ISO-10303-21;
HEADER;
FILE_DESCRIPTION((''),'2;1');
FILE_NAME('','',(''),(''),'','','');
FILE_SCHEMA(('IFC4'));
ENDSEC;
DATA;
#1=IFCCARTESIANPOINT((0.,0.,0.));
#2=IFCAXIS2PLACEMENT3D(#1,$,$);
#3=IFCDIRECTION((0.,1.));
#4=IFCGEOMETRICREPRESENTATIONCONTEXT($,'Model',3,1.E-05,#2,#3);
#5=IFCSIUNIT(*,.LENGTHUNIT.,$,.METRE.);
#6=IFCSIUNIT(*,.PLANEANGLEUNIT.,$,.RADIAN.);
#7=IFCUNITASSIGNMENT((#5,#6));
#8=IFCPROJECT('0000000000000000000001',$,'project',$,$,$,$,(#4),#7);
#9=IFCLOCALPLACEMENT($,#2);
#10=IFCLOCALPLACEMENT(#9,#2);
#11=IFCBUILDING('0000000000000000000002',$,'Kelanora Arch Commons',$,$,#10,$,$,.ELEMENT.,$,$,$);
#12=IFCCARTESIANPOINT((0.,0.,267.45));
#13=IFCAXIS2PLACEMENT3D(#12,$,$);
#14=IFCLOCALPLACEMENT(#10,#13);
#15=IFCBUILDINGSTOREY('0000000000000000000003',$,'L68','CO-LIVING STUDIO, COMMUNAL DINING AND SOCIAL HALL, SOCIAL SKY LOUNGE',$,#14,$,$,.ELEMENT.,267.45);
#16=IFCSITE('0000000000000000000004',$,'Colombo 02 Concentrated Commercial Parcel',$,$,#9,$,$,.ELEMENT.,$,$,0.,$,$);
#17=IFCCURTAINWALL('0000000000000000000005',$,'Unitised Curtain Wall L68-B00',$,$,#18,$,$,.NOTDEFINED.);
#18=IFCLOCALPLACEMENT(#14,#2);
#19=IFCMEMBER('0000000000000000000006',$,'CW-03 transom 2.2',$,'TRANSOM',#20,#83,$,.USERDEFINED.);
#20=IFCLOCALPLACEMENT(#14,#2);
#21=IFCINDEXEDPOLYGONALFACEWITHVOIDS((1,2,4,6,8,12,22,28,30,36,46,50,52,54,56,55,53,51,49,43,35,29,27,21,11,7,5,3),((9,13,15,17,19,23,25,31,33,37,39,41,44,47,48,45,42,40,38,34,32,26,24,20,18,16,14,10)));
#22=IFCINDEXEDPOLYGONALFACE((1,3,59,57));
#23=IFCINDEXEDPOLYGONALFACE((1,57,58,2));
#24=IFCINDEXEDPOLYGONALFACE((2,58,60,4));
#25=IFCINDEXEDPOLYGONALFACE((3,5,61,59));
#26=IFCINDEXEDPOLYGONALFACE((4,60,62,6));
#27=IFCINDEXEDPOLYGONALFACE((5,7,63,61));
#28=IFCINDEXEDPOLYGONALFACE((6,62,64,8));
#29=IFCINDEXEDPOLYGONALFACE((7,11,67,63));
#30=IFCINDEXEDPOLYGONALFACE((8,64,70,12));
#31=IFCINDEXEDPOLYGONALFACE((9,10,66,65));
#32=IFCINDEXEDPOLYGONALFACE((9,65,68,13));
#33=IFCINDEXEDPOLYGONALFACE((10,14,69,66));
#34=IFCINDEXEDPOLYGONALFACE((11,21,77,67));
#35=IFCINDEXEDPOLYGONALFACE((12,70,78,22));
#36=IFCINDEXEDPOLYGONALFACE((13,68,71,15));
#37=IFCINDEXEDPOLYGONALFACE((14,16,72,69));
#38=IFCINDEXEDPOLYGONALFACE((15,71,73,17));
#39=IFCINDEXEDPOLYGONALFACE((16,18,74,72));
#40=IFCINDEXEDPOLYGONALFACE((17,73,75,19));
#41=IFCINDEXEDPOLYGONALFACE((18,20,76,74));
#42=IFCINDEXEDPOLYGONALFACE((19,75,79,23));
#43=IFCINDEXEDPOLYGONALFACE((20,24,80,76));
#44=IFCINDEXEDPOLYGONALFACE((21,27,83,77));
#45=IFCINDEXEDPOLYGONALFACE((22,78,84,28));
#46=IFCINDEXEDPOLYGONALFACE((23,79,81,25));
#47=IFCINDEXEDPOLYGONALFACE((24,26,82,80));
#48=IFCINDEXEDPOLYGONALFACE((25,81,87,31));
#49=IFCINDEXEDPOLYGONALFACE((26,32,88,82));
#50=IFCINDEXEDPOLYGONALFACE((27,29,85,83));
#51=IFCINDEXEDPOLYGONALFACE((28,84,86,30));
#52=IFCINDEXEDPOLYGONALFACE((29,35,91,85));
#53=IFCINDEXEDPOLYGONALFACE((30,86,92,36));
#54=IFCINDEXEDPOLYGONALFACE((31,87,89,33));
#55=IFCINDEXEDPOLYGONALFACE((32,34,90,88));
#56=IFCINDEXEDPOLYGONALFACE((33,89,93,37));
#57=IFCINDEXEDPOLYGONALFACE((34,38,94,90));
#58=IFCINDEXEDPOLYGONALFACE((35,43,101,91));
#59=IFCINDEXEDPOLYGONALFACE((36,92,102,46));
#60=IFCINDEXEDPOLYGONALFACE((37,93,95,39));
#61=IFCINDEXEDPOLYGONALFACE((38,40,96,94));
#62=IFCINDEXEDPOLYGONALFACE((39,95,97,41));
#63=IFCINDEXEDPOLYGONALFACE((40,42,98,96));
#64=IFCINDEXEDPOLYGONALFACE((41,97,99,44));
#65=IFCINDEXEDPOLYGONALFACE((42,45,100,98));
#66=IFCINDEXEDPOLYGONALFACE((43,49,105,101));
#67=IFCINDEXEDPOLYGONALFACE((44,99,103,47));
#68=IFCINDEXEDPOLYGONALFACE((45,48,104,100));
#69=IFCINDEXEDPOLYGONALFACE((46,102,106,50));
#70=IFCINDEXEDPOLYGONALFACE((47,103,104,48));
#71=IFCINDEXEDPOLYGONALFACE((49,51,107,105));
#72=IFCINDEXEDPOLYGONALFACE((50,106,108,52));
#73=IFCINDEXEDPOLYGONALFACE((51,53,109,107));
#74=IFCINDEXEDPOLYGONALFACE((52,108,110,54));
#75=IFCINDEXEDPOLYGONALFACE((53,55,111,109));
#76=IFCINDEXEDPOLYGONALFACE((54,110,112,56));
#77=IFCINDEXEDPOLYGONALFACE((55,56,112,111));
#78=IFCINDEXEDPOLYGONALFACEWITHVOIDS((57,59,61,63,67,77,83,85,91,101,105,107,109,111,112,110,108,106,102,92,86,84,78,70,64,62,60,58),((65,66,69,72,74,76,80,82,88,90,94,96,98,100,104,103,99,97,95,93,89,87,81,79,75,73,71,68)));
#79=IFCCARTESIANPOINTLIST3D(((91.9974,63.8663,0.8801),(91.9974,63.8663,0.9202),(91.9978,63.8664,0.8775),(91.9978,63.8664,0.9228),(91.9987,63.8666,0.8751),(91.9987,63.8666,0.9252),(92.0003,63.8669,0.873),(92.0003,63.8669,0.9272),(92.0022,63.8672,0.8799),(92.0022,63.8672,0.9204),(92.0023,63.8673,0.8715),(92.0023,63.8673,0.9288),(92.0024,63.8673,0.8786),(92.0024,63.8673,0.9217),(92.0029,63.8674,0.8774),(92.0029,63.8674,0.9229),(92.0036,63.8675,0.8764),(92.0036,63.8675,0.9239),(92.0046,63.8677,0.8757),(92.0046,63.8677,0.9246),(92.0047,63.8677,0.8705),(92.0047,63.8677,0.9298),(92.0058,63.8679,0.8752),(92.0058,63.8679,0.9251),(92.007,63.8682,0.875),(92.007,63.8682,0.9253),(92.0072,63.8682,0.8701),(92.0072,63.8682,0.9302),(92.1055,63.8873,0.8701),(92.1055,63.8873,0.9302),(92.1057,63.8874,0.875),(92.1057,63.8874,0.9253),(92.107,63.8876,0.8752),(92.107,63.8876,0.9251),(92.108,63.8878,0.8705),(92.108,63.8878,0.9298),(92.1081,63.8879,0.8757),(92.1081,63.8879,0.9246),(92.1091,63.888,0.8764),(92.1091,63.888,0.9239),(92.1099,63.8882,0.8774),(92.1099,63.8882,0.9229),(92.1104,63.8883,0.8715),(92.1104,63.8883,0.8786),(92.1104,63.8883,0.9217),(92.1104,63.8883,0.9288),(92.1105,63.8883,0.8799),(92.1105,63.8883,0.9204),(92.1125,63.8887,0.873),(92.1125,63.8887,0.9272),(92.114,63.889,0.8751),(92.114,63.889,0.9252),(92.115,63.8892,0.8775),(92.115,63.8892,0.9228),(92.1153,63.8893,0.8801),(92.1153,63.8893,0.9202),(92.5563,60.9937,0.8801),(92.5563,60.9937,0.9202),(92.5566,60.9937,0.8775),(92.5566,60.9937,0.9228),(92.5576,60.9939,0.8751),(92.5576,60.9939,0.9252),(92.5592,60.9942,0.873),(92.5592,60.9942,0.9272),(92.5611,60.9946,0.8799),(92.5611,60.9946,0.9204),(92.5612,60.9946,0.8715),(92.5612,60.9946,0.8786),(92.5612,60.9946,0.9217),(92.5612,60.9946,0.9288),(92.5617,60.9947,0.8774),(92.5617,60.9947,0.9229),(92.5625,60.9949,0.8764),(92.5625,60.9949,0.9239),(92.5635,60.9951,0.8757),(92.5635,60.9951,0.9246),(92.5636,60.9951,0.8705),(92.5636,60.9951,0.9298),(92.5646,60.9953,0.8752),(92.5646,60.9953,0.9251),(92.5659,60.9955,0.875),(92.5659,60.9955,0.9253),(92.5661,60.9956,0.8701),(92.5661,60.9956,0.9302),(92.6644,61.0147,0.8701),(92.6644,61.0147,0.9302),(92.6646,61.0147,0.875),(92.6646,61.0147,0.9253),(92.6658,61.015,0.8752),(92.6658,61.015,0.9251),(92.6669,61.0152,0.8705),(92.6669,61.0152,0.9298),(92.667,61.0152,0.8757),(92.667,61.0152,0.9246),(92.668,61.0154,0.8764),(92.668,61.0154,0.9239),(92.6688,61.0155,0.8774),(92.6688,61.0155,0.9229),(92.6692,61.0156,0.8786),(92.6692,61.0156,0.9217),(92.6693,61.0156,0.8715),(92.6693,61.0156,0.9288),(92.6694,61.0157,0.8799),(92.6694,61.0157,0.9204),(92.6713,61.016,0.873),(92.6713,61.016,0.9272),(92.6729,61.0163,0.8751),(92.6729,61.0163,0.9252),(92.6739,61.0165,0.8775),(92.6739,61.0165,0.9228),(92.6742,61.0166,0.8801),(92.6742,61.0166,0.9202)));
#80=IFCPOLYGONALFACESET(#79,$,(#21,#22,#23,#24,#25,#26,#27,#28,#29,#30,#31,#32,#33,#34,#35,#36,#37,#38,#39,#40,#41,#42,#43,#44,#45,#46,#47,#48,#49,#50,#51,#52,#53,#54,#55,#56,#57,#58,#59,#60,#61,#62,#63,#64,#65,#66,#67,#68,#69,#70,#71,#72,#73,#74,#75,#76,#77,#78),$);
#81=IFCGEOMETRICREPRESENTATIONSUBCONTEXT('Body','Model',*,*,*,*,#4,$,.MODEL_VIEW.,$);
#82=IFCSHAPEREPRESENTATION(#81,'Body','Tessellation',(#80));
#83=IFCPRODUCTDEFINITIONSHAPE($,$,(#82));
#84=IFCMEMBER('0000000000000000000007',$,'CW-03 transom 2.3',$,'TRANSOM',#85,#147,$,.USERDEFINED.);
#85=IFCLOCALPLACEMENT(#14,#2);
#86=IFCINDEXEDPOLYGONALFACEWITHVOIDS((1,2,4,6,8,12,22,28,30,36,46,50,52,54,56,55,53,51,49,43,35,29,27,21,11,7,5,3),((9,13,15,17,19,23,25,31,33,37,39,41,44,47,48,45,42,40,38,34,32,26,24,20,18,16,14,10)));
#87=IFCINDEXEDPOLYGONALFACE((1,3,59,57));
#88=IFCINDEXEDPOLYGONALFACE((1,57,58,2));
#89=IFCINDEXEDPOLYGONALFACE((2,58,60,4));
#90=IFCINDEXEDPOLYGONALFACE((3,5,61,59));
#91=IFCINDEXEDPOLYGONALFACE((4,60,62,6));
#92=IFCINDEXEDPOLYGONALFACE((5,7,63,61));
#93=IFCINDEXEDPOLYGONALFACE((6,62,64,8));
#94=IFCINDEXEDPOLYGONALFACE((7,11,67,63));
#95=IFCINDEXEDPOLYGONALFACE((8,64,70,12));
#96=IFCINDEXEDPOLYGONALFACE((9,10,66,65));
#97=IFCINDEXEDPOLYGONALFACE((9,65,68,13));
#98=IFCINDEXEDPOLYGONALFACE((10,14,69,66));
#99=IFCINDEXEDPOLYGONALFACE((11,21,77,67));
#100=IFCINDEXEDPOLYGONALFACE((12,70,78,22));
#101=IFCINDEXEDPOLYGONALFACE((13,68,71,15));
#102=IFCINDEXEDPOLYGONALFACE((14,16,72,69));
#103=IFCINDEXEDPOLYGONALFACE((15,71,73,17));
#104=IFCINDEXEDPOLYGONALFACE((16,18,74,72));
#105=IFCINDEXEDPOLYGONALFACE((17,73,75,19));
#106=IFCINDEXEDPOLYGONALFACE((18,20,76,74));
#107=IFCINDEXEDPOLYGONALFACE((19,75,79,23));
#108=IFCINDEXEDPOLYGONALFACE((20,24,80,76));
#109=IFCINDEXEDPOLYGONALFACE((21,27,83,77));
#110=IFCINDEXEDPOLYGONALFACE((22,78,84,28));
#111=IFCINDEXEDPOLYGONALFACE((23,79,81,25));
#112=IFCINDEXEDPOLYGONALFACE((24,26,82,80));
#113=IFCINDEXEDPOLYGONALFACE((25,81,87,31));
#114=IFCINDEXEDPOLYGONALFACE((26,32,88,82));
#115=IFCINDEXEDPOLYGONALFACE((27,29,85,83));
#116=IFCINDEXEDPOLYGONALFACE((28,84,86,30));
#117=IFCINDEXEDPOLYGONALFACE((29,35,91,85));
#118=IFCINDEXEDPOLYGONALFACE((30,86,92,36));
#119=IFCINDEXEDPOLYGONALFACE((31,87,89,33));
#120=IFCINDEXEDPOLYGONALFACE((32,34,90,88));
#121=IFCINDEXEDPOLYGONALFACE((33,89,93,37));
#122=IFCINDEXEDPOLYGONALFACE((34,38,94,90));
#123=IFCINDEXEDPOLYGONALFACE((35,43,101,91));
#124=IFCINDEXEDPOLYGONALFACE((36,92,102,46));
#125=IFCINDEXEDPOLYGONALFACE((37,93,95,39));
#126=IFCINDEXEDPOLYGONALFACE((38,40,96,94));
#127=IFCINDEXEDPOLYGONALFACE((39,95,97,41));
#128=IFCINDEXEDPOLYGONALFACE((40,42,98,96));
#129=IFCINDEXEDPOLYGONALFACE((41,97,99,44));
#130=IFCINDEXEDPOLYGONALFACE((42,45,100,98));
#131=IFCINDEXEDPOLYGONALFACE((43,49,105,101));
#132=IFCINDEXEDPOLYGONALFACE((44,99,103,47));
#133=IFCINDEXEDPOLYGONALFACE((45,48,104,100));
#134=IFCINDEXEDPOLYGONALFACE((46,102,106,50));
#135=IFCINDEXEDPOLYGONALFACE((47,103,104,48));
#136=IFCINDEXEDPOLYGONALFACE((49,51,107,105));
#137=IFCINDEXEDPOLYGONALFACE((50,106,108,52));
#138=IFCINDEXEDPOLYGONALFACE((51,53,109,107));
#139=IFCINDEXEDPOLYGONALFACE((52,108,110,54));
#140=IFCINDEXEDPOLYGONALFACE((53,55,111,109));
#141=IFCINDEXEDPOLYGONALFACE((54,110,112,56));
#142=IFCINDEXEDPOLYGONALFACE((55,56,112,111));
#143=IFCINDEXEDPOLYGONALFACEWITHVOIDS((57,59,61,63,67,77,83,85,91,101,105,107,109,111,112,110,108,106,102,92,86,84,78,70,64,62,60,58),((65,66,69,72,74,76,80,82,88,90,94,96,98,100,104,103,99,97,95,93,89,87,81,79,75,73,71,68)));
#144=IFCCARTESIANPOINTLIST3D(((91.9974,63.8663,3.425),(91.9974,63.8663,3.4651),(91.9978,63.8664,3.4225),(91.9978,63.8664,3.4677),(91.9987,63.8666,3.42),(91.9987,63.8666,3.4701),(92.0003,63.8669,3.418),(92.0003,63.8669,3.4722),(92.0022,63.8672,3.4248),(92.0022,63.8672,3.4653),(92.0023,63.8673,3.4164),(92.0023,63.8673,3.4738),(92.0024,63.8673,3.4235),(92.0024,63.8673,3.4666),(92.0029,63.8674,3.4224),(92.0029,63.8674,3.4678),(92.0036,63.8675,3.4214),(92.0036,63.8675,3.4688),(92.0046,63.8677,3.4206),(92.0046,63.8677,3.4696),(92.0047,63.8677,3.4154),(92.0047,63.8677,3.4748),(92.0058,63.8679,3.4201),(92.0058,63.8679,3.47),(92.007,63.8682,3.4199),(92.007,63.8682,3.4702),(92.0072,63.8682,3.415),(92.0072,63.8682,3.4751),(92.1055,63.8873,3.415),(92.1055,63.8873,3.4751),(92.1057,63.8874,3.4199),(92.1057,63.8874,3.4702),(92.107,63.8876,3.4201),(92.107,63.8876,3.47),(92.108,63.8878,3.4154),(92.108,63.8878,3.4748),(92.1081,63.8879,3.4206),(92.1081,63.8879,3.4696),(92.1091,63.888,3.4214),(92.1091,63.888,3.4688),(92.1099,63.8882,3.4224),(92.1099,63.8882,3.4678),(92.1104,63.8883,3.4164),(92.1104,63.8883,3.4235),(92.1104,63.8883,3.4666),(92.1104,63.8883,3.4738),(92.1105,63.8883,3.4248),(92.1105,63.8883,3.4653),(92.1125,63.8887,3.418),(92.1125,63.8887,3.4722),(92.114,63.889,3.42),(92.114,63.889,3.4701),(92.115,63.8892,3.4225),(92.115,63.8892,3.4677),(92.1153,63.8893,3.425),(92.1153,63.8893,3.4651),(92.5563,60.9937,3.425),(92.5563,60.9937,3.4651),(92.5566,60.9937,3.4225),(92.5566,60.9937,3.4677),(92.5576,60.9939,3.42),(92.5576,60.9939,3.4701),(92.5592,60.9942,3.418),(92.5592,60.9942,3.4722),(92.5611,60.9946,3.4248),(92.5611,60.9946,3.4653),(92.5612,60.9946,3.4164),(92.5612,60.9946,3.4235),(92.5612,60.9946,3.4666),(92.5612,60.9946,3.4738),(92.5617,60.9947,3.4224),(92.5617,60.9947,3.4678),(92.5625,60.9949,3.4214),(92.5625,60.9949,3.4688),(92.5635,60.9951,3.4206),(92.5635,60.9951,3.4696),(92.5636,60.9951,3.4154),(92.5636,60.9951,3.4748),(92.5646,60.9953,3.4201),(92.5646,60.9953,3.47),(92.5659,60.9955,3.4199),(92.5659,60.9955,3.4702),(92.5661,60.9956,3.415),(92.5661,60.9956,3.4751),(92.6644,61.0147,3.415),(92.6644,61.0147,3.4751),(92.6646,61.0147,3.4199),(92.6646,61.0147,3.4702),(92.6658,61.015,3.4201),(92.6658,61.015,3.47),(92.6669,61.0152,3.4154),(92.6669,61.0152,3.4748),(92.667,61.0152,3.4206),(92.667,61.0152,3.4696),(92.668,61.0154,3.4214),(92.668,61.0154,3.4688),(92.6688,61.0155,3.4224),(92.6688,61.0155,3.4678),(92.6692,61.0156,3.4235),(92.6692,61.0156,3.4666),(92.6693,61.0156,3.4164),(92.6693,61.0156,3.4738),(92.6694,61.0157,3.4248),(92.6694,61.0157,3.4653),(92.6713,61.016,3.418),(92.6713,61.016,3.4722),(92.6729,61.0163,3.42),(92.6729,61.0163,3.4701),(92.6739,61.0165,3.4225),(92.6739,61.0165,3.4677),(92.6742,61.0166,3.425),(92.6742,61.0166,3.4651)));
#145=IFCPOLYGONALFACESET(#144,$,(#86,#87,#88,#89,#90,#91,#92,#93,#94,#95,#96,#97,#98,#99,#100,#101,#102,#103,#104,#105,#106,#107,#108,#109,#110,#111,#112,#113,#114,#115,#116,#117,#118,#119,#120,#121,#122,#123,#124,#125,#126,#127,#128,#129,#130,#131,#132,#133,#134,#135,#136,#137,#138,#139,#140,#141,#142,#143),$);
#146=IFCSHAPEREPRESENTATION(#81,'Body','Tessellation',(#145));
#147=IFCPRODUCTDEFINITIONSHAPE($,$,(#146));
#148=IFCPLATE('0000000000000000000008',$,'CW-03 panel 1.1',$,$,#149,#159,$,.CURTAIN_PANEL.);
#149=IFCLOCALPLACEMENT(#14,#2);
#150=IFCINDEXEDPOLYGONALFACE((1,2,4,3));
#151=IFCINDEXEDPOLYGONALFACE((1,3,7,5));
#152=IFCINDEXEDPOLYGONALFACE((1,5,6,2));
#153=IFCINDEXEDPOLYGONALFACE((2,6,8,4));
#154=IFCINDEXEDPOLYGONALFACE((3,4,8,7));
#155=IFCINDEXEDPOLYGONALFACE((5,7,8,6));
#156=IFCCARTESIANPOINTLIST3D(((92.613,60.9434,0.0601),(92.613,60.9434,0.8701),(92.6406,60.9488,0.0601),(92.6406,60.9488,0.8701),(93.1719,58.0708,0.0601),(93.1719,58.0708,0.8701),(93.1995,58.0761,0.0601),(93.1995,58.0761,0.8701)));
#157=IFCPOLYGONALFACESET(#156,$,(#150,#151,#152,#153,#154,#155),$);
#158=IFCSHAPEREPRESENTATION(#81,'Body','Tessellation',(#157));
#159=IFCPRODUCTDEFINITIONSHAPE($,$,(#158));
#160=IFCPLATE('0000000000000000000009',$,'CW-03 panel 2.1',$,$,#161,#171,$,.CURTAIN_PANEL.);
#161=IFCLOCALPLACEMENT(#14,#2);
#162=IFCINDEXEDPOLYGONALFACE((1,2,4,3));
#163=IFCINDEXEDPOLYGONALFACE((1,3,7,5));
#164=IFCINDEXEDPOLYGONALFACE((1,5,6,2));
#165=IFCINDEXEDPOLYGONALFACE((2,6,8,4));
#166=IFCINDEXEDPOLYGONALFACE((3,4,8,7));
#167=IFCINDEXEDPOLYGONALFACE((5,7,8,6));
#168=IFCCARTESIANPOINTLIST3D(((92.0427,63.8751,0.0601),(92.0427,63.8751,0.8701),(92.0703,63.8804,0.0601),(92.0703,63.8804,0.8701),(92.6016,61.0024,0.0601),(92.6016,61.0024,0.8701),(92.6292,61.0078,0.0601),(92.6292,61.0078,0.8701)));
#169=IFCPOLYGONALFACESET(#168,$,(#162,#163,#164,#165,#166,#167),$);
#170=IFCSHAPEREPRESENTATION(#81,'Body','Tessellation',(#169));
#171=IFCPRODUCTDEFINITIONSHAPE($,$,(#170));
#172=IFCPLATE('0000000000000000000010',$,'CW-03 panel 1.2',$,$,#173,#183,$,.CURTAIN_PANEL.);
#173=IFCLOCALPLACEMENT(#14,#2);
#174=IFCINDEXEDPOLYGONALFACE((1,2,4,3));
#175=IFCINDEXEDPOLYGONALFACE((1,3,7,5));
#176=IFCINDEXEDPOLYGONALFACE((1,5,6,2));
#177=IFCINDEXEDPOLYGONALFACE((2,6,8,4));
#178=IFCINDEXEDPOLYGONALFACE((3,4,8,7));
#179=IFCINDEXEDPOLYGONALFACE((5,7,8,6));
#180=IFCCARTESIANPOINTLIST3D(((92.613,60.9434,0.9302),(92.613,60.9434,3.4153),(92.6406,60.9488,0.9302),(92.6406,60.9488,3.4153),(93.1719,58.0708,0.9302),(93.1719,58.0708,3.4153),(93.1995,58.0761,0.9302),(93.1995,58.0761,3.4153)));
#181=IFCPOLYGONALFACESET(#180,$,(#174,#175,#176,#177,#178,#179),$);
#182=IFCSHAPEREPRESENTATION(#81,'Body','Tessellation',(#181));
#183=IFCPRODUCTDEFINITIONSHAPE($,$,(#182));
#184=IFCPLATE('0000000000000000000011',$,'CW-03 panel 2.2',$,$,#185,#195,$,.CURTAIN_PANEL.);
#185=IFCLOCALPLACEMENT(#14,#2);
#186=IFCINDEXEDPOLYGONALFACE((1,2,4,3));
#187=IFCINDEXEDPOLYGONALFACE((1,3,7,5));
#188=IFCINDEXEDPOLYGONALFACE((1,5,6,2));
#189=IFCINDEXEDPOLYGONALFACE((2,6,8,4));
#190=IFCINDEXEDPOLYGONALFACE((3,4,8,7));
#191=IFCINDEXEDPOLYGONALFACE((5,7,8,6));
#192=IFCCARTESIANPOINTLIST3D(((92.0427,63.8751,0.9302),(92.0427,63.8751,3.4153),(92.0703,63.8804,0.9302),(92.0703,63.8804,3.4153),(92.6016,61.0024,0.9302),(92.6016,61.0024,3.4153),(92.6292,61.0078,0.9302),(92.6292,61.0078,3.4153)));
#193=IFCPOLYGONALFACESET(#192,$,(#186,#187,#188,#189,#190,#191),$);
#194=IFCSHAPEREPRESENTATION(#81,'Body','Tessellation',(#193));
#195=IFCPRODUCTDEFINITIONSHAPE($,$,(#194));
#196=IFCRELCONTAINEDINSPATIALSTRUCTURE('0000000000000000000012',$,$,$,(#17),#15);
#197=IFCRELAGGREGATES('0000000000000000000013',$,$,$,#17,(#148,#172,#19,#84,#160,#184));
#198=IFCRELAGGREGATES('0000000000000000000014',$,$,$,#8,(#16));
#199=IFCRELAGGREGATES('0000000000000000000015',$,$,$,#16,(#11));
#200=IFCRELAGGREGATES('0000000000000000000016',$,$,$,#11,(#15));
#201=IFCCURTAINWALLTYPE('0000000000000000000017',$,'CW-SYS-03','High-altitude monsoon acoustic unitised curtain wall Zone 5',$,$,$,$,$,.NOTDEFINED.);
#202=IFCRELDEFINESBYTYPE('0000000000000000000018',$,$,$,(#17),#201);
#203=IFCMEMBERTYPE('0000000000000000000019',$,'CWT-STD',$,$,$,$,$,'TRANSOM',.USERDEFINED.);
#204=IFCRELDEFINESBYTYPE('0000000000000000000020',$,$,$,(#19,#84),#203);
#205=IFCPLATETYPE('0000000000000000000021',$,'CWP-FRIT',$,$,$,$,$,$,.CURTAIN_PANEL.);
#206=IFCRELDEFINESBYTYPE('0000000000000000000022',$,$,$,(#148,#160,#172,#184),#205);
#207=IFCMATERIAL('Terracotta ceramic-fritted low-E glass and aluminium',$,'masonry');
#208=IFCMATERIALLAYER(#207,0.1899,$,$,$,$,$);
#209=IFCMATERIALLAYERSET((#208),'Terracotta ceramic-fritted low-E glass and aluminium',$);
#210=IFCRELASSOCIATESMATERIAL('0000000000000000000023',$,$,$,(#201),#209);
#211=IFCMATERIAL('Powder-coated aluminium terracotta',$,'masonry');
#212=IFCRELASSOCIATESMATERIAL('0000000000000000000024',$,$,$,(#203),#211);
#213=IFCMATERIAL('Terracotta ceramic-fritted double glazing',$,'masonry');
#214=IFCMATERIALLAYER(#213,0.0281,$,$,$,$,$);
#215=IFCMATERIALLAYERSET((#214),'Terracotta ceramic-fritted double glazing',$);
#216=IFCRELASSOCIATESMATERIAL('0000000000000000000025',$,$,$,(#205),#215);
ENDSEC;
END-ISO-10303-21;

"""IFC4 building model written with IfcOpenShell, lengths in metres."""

from ifc_helpers import new_model, si_unit, direction, frame, origin, origin_2d, place, context, subcontext, project, spatial, rectangle, hollow_rectangle, extrude, source, transform, mapped, material, layer, layer_set, material_profile, profile_set, type_object, element, aggregate, save


model = new_model("IFC4")

# Units and contexts
model_context = context("Model", 3, precision=1e-05, world=origin(), true_north=direction((0.0, 1.0)))
body_context = subcontext(model_context, "Body", "Model", "MODEL_VIEW")
ifc_project = project(units=[si_unit("LENGTHUNIT", "METRE"), si_unit("PLANEANGLEUNIT", "RADIAN")], contexts=[model_context])

# Site, building, storey
site_placement = place(None, origin())
site = spatial("IfcSite", under=ifc_project, at=site_placement, Name="Colombo 02 Concentrated Commercial Parcel", CompositionType="ELEMENT", RefElevation=0.0)
building_placement = place(site_placement, origin())
building = spatial("IfcBuilding", under=site, at=building_placement, Name="Kelanora Arch Commons", CompositionType="ELEMENT")
storey_placement = place(building_placement, frame((0.0, 0.0, 267.45)))
storey = spatial("IfcBuildingStorey", under=building, at=storey_placement, Name="L68", Description="CO-LIVING STUDIO, COMMUNAL DINING AND SOCIAL HALL, SOCIAL SKY LOUNGE", CompositionType="ELEMENT", Elevation=267.45)

# Curtain wall, members, plates
ifc_material_1 = material(Name="Terracotta ceramic-fritted low-E glass and aluminium", Category="masonry")
ifc_layer_1 = layer(ifc_material_1, 0.1899)
ifc_layer_set_1 = layer_set([ifc_layer_1], Name="Terracotta ceramic-fritted low-E glass and aluminium")
curtain_wall_type = type_object("IfcCurtainWallType", Name="CW-SYS-03", Description="High-altitude monsoon acoustic unitised curtain wall Zone 5", PredefinedType="NOTDEFINED", material=ifc_layer_set_1)
curtain_wall_placement = place(storey_placement, origin())
curtain_wall = element("IfcCurtainWall", 1, at=curtain_wall_placement, inside=storey, type_object=curtain_wall_type, Name="Unitised Curtain Wall L68-B00", PredefinedType="NOTDEFINED")
ifc_material_2 = material(Name="Powder-coated aluminium terracotta", Category="masonry")
ifc_material_profile_1 = material_profile(ifc_material_2, hollow_rectangle(XDim=0.1201, YDim=0.0601, WallThickness=0.0049, InnerFilletRadius=0.0049, OuterFilletRadius=0.01, at=origin_2d()), Name="CWT120x60")
ifc_profile_set_1 = profile_set([ifc_material_profile_1], Name="Powder-coated aluminium terracotta")
member_type_1 = type_object("IfcMemberType", Name="CWT-STD", ElementType="TRANSOM", PredefinedType="USERDEFINED", material=ifc_profile_set_1)
member_1_placement = place(storey_placement, frame((92.6152, 61.0051, 0.9001), z_axis=(-0.190963, 0.981597, 0.0), x_axis=(-0.981597, -0.190963, 0.0)))
member_1 = element("IfcMember", 2, at=member_1_placement, type_object=member_type_1, Name="CW-03 transom 2.2", ObjectType="TRANSOM", PredefinedType="USERDEFINED", context=body_context, shape_type="SweptSolid", body=[
    extrude(hollow_rectangle(XDim=0.1201, YDim=0.0601, WallThickness=0.0049, InnerFilletRadius=0.0049, OuterFilletRadius=0.01, at=origin_2d()), origin(), (0.0, 0.0, 1.0), 2.9265),
])
member_2_placement = place(storey_placement, frame((92.6152, 61.0051, 3.4451), z_axis=(-0.190963, 0.981597, 0.0), x_axis=(-0.981597, -0.190963, 0.0)))
member_2 = element("IfcMember", 3, at=member_2_placement, type_object=member_type_1, Name="CW-03 transom 2.3", ObjectType="TRANSOM", PredefinedType="USERDEFINED", context=body_context, shape_type="SweptSolid", body=[
    extrude(hollow_rectangle(XDim=0.1201, YDim=0.0601, WallThickness=0.0049, InnerFilletRadius=0.0049, OuterFilletRadius=0.01, at=origin_2d()), origin(), (0.0, 0.0, 1.0), 2.9265),
])
ifc_material_3 = material(Name="Terracotta ceramic-fritted double glazing", Category="masonry")
ifc_layer_2 = layer(ifc_material_3, 0.0281)
ifc_layer_set_2 = layer_set([ifc_layer_2], Name="Terracotta ceramic-fritted double glazing")
plate_type = type_object("IfcPlateType", Name="CWP-FRIT", PredefinedType="CURTAIN_PANEL", material=ifc_layer_set_2)
shared_shape_1 = source(origin(), body_context, "Body", "SweptSolid", [
    extrude(rectangle(XDim=2.9265, YDim=0.0281, at=origin_2d()), origin(), (0.0, 0.0, 1.0), 0.8101),
])
plate_1_placement = place(storey_placement, frame((92.9062, 59.5098, 0.0601), z_axis=(0.0, 0.0, 1.0), x_axis=(-0.190972, 0.981596, 0.0)))
plate_1 = element("IfcPlate", 4, at=plate_1_placement, type_object=plate_type, Name="CW-03 panel 1.1", PredefinedType="CURTAIN_PANEL", context=body_context, shape_type="MappedRepresentation", body=[
    mapped(shared_shape_1, transform((0.0, 0.0, 0.0), scale=1.0)),
])
plate_2_placement = place(storey_placement, frame((92.3359, 62.4414, 0.0601), z_axis=(0.0, 0.0, 1.0), x_axis=(-0.190972, 0.981596, 0.0)))
plate_2 = element("IfcPlate", 5, at=plate_2_placement, type_object=plate_type, Name="CW-03 panel 2.1", PredefinedType="CURTAIN_PANEL", context=body_context, shape_type="MappedRepresentation", body=[
    mapped(shared_shape_1, transform((0.0, 0.0, 0.0), scale=1.0)),
])
shared_shape_2 = source(origin(), body_context, "Body", "SweptSolid", [
    extrude(rectangle(XDim=2.9265, YDim=0.0281, at=origin_2d()), origin(), (0.0, 0.0, 1.0), 2.4851),
])
plate_3_placement = place(storey_placement, frame((92.9062, 59.5098, 0.9302), z_axis=(0.0, 0.0, 1.0), x_axis=(-0.190972, 0.981596, 0.0)))
plate_3 = element("IfcPlate", 6, at=plate_3_placement, type_object=plate_type, Name="CW-03 panel 1.2", PredefinedType="CURTAIN_PANEL", context=body_context, shape_type="MappedRepresentation", body=[
    mapped(shared_shape_2, transform((0.0, 0.0, 0.0), scale=1.0)),
])
plate_4_placement = place(storey_placement, frame((92.3359, 62.4414, 0.9302), z_axis=(0.0, 0.0, 1.0), x_axis=(-0.190972, 0.981596, 0.0)))
plate_4 = element("IfcPlate", 7, at=plate_4_placement, type_object=plate_type, Name="CW-03 panel 2.2", PredefinedType="CURTAIN_PANEL", context=body_context, shape_type="MappedRepresentation", body=[
    mapped(shared_shape_2, transform((0.0, 0.0, 0.0), scale=1.0)),
])
aggregate(curtain_wall, [plate_1, plate_3, member_1, member_2, plate_2, plate_4])

save(model, "model.ifc")
